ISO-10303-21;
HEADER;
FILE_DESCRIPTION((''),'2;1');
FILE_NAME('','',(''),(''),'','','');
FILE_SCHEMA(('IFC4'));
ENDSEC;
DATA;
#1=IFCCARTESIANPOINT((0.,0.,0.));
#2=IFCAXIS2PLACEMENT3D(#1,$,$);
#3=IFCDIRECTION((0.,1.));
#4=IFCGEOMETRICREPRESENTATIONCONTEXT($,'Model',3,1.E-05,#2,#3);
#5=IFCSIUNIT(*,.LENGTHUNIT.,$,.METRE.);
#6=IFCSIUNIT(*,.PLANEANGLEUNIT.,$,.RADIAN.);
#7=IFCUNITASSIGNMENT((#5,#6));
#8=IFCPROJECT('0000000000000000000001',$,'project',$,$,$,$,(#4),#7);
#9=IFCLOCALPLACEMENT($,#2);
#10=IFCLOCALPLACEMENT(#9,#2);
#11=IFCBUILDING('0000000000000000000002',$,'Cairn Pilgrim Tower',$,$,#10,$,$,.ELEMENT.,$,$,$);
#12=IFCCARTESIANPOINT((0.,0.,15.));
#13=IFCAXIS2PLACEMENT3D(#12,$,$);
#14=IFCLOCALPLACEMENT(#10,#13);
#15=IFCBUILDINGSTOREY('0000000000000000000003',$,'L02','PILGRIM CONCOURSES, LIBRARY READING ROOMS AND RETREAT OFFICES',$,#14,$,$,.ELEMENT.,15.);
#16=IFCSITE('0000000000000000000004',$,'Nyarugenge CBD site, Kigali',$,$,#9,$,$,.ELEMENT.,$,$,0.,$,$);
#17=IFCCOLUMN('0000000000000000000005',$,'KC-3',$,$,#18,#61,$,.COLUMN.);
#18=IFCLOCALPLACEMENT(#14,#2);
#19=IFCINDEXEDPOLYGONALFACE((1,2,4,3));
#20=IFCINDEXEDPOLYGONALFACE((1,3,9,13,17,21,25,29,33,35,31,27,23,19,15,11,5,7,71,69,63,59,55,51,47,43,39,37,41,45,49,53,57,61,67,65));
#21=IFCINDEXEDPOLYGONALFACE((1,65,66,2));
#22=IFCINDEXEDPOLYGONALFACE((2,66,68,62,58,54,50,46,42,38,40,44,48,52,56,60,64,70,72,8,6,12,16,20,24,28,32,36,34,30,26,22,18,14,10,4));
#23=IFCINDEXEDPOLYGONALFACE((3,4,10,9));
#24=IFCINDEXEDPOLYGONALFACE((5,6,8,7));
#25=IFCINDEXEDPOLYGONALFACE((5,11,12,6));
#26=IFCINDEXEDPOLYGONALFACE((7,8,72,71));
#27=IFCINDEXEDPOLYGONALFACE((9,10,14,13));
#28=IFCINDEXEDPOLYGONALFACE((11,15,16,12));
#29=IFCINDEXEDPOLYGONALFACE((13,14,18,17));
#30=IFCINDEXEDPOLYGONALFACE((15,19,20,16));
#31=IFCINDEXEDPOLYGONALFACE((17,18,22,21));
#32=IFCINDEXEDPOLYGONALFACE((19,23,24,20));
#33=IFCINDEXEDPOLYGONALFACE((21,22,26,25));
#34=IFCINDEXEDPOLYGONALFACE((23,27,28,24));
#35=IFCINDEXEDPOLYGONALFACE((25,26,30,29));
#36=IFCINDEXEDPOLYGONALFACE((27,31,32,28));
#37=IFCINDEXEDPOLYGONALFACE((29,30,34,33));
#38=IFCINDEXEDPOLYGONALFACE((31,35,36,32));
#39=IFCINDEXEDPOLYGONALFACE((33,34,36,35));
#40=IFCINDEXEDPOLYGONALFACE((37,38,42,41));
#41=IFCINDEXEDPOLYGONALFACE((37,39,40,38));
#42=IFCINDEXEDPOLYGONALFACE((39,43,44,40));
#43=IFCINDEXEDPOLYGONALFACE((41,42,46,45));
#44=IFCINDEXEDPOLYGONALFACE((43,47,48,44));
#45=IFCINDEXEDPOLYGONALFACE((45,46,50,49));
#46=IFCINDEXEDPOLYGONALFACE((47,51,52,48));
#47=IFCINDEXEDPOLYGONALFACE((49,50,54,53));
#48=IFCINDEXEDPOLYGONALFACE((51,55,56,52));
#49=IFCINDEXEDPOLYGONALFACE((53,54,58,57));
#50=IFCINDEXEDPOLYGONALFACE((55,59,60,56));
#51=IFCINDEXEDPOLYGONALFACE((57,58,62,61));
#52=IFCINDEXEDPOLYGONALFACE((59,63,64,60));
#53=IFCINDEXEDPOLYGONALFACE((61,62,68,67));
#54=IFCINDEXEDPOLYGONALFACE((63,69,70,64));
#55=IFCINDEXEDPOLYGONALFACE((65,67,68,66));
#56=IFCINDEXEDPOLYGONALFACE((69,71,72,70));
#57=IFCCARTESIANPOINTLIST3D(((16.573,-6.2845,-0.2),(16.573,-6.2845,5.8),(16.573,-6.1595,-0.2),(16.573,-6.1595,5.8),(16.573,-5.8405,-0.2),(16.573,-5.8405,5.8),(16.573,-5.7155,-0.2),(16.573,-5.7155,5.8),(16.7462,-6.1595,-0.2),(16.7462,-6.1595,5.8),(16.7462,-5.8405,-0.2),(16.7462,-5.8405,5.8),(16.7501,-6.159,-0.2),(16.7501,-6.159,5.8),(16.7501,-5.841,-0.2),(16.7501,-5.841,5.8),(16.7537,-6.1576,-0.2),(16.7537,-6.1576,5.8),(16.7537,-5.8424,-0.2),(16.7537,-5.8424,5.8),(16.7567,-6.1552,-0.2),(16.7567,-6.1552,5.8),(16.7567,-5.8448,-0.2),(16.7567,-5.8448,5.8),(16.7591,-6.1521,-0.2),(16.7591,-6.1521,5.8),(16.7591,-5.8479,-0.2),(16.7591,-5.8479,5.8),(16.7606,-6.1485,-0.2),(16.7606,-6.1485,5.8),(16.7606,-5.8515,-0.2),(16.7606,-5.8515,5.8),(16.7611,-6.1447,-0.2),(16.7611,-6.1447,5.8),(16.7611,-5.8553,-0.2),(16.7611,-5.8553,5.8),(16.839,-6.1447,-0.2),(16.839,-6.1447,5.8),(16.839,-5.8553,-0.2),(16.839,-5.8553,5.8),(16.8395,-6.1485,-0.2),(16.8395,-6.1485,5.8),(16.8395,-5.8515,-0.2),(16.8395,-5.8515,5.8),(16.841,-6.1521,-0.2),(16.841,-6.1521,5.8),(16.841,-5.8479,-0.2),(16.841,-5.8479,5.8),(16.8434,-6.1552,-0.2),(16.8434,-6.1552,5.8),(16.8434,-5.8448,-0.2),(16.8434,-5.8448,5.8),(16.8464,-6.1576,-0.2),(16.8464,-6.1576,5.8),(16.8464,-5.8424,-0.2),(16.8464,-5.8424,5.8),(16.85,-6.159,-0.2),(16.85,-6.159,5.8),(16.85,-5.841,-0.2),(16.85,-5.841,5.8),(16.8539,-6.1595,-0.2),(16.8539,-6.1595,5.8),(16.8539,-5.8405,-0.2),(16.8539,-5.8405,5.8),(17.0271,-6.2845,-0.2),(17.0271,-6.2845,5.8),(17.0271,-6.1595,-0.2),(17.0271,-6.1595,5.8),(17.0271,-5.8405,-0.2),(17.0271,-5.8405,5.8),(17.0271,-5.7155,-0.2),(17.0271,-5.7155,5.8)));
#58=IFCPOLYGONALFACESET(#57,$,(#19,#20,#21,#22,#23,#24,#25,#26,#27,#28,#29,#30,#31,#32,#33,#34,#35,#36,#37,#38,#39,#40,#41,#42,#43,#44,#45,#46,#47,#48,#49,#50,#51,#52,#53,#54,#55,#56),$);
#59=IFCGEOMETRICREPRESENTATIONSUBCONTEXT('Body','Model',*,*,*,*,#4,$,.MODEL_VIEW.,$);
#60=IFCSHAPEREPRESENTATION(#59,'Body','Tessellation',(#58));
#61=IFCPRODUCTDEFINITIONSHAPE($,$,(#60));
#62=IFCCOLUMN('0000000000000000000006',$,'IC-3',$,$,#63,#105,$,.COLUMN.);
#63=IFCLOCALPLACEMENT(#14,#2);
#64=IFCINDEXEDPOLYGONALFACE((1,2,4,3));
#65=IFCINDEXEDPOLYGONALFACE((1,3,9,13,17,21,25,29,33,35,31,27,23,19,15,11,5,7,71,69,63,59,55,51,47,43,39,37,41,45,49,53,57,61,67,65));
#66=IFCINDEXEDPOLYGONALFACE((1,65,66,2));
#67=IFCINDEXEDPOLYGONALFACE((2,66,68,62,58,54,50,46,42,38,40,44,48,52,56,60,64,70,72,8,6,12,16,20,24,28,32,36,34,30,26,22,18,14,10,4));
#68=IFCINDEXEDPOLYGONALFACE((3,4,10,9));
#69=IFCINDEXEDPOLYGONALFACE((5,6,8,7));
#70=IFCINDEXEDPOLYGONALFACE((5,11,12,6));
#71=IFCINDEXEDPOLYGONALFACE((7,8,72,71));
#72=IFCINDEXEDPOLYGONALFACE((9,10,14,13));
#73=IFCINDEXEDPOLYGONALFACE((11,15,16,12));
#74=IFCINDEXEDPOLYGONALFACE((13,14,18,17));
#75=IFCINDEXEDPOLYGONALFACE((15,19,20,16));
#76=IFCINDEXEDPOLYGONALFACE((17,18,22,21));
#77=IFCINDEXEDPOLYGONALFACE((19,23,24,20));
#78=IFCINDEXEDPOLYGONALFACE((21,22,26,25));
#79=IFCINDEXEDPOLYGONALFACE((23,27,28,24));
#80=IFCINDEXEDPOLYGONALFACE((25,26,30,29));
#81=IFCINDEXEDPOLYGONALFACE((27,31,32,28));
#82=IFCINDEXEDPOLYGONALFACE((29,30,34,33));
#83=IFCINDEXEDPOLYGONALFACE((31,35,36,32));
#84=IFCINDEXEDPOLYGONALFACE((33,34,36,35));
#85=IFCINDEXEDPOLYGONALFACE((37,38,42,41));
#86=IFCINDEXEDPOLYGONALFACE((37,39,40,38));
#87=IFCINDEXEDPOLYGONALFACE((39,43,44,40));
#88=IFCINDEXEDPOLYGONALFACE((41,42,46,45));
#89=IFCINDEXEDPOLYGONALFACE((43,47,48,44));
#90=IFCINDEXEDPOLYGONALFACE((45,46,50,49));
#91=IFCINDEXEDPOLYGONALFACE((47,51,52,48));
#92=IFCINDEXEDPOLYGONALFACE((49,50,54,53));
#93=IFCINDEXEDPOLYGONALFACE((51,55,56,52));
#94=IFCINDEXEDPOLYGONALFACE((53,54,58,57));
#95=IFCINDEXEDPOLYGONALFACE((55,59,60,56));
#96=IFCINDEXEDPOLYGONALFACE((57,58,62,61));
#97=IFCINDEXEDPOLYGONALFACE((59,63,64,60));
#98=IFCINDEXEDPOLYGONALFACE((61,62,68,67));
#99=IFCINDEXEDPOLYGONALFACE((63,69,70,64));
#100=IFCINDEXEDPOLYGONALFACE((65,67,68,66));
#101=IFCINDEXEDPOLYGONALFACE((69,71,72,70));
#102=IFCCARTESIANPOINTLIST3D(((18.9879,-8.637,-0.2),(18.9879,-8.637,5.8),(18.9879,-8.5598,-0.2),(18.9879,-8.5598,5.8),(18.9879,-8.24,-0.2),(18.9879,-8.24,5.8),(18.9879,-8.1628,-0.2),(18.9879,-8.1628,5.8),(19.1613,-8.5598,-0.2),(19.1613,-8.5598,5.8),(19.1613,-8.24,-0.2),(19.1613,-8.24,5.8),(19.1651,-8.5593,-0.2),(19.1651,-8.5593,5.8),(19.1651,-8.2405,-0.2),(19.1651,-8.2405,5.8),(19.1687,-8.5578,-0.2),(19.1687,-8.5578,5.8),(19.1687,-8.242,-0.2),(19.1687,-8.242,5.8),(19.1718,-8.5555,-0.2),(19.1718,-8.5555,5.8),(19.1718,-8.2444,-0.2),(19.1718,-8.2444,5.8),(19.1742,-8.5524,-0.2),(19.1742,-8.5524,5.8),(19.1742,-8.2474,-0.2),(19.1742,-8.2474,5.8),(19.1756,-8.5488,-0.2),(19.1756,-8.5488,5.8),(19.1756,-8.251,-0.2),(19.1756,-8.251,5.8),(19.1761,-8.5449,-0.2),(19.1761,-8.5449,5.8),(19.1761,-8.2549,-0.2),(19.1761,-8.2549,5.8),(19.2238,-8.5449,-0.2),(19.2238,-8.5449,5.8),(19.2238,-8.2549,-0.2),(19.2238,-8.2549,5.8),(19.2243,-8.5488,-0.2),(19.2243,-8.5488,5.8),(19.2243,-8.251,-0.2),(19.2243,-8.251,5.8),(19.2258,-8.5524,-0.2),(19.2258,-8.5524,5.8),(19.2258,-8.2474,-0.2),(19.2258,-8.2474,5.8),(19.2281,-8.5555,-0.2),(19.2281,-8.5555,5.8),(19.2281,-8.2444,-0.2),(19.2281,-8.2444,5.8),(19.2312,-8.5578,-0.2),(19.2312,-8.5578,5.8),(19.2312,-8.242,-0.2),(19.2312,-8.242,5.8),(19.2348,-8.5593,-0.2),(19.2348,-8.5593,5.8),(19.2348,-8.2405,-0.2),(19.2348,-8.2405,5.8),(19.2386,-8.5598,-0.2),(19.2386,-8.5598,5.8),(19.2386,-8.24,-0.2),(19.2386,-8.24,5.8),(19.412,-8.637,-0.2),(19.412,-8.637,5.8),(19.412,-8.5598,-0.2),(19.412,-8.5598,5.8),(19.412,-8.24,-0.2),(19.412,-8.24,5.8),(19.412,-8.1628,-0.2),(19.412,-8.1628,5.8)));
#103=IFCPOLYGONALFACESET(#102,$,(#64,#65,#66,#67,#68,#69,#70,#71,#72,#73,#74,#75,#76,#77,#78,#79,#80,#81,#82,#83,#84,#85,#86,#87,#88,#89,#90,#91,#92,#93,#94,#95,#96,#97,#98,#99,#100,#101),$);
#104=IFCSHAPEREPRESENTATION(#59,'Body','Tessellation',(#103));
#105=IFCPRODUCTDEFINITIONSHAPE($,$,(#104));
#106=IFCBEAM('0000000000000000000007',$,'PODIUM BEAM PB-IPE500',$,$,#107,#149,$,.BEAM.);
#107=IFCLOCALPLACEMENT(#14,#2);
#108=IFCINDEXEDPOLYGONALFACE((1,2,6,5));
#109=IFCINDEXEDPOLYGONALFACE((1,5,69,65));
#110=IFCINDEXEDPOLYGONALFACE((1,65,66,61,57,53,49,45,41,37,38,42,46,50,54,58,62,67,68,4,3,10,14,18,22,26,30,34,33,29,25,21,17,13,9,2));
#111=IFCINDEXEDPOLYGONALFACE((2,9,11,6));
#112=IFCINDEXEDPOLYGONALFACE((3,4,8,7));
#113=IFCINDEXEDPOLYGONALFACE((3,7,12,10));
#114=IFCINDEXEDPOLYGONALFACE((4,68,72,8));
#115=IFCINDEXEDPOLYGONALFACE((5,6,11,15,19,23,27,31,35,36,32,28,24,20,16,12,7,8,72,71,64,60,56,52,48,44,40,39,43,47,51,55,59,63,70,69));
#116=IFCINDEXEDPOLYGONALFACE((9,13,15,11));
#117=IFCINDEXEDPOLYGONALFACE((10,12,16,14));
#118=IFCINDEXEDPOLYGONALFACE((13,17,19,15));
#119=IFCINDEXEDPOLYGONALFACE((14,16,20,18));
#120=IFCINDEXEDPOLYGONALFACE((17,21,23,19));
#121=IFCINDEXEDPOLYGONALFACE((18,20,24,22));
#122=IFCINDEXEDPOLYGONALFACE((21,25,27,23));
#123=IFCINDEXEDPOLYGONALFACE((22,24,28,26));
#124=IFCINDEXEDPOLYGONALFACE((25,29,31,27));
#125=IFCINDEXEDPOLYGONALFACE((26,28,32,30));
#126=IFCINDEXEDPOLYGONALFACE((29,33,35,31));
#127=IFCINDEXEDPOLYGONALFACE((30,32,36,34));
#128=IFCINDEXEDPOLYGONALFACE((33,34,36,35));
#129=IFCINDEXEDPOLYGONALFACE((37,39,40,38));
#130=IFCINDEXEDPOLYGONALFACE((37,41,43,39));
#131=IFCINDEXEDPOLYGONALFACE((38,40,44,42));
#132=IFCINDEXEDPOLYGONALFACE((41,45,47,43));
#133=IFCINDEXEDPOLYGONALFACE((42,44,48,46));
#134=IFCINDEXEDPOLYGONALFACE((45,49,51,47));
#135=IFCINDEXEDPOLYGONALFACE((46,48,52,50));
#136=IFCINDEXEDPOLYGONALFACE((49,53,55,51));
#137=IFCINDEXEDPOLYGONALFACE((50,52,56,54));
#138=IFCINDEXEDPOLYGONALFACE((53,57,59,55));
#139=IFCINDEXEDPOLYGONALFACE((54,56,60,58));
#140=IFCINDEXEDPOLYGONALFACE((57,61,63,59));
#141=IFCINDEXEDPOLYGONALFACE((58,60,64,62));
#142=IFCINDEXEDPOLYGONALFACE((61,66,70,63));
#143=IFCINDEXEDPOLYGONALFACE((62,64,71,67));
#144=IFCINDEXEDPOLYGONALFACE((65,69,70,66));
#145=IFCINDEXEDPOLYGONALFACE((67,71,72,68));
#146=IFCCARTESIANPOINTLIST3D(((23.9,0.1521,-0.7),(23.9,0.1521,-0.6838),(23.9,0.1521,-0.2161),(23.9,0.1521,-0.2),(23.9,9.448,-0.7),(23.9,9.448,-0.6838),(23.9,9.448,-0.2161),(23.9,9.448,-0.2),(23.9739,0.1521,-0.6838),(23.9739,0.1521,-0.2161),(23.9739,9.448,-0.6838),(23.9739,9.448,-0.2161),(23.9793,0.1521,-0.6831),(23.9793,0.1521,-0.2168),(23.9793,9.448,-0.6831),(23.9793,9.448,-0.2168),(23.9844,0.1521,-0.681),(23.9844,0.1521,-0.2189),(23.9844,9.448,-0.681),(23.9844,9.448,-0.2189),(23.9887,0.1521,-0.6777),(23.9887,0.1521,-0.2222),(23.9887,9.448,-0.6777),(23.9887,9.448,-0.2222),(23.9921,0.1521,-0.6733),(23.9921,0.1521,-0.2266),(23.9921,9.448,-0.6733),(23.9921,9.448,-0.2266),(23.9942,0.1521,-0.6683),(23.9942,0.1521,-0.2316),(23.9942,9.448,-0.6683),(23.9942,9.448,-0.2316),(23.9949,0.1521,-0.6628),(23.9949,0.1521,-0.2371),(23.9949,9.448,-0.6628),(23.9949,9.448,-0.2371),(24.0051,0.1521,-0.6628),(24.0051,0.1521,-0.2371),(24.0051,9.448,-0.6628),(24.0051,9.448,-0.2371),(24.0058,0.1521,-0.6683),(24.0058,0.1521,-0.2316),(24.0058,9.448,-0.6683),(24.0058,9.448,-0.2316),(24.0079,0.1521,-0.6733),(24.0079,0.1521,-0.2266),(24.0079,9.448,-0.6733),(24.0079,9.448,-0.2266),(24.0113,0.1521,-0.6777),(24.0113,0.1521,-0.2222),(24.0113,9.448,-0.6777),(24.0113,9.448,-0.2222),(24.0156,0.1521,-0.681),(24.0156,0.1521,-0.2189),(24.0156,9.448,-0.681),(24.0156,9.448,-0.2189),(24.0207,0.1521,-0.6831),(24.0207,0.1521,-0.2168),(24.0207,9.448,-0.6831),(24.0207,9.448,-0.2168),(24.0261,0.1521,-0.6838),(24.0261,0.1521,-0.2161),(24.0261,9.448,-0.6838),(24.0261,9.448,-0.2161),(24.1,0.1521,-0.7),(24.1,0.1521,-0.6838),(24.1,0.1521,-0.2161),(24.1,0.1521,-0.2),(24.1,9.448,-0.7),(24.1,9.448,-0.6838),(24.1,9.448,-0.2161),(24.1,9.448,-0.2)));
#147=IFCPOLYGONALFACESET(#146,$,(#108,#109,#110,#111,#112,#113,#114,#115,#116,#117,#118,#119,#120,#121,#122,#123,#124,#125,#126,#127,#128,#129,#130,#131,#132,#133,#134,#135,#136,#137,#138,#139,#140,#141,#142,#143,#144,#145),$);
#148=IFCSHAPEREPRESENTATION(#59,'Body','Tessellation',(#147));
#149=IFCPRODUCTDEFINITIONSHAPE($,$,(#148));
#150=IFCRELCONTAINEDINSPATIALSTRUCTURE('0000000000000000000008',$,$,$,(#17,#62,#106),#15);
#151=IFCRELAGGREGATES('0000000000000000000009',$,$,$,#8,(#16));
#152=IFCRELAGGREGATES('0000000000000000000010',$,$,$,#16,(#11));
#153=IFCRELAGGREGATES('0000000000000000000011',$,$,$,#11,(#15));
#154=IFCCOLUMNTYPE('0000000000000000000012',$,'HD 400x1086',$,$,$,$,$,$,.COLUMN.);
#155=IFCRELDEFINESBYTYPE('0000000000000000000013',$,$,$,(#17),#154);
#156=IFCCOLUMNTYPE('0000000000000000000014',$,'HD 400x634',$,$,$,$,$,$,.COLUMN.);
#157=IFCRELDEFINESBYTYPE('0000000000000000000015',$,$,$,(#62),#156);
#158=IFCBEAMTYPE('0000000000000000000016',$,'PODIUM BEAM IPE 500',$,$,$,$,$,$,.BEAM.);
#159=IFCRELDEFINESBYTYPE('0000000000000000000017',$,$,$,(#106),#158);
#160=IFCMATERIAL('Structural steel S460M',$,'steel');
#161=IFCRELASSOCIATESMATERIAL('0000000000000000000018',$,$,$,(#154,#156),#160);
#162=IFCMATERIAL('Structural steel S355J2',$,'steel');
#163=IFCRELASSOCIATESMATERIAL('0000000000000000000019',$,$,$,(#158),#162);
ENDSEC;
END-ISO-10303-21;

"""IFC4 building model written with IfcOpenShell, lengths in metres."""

from ifc_helpers import new_model, si_unit, direction, frame, origin, origin_2d, place, context, subcontext, project, spatial, i_section, extrude, material, material_profile, profile_set, type_object, element, save


model = new_model("IFC4")

# Units and contexts
model_context = context("Model", 3, precision=1e-05, world=origin(), true_north=direction((0.0, 1.0)))
body_context = subcontext(model_context, "Body", "Model", "MODEL_VIEW")
ifc_project = project(units=[si_unit("LENGTHUNIT", "METRE"), si_unit("PLANEANGLEUNIT", "RADIAN")], contexts=[model_context])

# Site, building, storey
site_placement = place(None, origin())
site = spatial("IfcSite", under=ifc_project, at=site_placement, Name="Nyarugenge CBD site, Kigali", CompositionType="ELEMENT", RefElevation=0.0)
building_placement = place(site_placement, origin())
building = spatial("IfcBuilding", under=site, at=building_placement, Name="Cairn Pilgrim Tower", CompositionType="ELEMENT")
storey_placement = place(building_placement, frame((0.0, 0.0, 15.0)))
storey = spatial("IfcBuildingStorey", under=building, at=storey_placement, Name="L02", Description="PILGRIM CONCOURSES, LIBRARY READING ROOMS AND RETREAT OFFICES", CompositionType="ELEMENT", Elevation=15.0)

# Columns
ifc_material_1 = material(Name="Structural steel S460M", Category="steel")
ifc_material_profile_1 = material_profile(ifc_material_1, i_section(OverallWidth=0.4541, OverallDepth=0.5691, WebThickness=0.0779, FlangeThickness=0.125, FilletRadius=0.0149, at=origin_2d()), Name="HD 400x1086")
ifc_profile_set_1 = profile_set([ifc_material_profile_1], Name="Structural steel S460M")
column_type_1 = type_object("IfcColumnType", Name="HD 400x1086", PredefinedType="COLUMN", material=ifc_profile_set_1)
column_1_placement = place(storey_placement, frame((16.8, -6.0, -0.2), z_axis=(0.0, 0.0, 1.0), x_axis=(1.0, 0.0, 0.0)))
element("IfcColumn", 1, at=column_1_placement, inside=storey, type_object=column_type_1, Name="KC-3", PredefinedType="COLUMN", context=body_context, shape_type="SweptSolid", body=[
    extrude(i_section(OverallWidth=0.4541, OverallDepth=0.5691, WebThickness=0.0779, FlangeThickness=0.125, FilletRadius=0.0149, at=origin_2d()), origin(), (0.0, 0.0, 1.0), 6.0),
])
ifc_material_profile_2 = material_profile(ifc_material_1, i_section(OverallWidth=0.4241, OverallDepth=0.4741, WebThickness=0.0476, FlangeThickness=0.0771, FilletRadius=0.0149, at=origin_2d()), Name="HD 400x634")
ifc_profile_set_2 = profile_set([ifc_material_profile_2], Name="Structural steel S460M")
column_type_2 = type_object("IfcColumnType", Name="HD 400x634", PredefinedType="COLUMN", material=ifc_profile_set_2)
column_2_placement = place(storey_placement, frame((19.2, -8.3999, -0.2), z_axis=(0.0, 0.0, 1.0), x_axis=(1.0, 0.0, 0.0)))
element("IfcColumn", 2, at=column_2_placement, inside=storey, type_object=column_type_2, Name="IC-3", PredefinedType="COLUMN", context=body_context, shape_type="SweptSolid", body=[
    extrude(i_section(OverallWidth=0.4241, OverallDepth=0.4741, WebThickness=0.0476, FlangeThickness=0.0771, FilletRadius=0.0149, at=origin_2d()), origin(), (0.0, 0.0, 1.0), 6.0),
])

# Beam
ifc_material_2 = material(Name="Structural steel S355J2", Category="steel")
ifc_material_profile_3 = material_profile(ifc_material_2, i_section(OverallWidth=0.2, OverallDepth=0.5, WebThickness=0.0103, FlangeThickness=0.0161, FilletRadius=0.021, at=origin_2d()), Name="IPE 500")
ifc_profile_set_3 = profile_set([ifc_material_profile_3], Name="Structural steel S355J2")
beam_type_1 = type_object("IfcBeamType", Name="PODIUM BEAM IPE 500", PredefinedType="BEAM", material=ifc_profile_set_3)
beam_1_placement = place(storey_placement, frame((24.0, 0.1521, -0.45), z_axis=(0.0, 1.0, 0.0), x_axis=(-1.0, 0.0, 0.0)))
element("IfcBeam", 3, at=beam_1_placement, inside=storey, type_object=beam_type_1, Name="PODIUM BEAM PB-IPE500", PredefinedType="BEAM", context=body_context, shape_type="SweptSolid", body=[
    extrude(i_section(OverallWidth=0.2, OverallDepth=0.5, WebThickness=0.0103, FlangeThickness=0.0161, FilletRadius=0.021, at=origin_2d()), origin(), (0.0, 0.0, 1.0), 9.2959),
])

save(model, "model.ifc")
